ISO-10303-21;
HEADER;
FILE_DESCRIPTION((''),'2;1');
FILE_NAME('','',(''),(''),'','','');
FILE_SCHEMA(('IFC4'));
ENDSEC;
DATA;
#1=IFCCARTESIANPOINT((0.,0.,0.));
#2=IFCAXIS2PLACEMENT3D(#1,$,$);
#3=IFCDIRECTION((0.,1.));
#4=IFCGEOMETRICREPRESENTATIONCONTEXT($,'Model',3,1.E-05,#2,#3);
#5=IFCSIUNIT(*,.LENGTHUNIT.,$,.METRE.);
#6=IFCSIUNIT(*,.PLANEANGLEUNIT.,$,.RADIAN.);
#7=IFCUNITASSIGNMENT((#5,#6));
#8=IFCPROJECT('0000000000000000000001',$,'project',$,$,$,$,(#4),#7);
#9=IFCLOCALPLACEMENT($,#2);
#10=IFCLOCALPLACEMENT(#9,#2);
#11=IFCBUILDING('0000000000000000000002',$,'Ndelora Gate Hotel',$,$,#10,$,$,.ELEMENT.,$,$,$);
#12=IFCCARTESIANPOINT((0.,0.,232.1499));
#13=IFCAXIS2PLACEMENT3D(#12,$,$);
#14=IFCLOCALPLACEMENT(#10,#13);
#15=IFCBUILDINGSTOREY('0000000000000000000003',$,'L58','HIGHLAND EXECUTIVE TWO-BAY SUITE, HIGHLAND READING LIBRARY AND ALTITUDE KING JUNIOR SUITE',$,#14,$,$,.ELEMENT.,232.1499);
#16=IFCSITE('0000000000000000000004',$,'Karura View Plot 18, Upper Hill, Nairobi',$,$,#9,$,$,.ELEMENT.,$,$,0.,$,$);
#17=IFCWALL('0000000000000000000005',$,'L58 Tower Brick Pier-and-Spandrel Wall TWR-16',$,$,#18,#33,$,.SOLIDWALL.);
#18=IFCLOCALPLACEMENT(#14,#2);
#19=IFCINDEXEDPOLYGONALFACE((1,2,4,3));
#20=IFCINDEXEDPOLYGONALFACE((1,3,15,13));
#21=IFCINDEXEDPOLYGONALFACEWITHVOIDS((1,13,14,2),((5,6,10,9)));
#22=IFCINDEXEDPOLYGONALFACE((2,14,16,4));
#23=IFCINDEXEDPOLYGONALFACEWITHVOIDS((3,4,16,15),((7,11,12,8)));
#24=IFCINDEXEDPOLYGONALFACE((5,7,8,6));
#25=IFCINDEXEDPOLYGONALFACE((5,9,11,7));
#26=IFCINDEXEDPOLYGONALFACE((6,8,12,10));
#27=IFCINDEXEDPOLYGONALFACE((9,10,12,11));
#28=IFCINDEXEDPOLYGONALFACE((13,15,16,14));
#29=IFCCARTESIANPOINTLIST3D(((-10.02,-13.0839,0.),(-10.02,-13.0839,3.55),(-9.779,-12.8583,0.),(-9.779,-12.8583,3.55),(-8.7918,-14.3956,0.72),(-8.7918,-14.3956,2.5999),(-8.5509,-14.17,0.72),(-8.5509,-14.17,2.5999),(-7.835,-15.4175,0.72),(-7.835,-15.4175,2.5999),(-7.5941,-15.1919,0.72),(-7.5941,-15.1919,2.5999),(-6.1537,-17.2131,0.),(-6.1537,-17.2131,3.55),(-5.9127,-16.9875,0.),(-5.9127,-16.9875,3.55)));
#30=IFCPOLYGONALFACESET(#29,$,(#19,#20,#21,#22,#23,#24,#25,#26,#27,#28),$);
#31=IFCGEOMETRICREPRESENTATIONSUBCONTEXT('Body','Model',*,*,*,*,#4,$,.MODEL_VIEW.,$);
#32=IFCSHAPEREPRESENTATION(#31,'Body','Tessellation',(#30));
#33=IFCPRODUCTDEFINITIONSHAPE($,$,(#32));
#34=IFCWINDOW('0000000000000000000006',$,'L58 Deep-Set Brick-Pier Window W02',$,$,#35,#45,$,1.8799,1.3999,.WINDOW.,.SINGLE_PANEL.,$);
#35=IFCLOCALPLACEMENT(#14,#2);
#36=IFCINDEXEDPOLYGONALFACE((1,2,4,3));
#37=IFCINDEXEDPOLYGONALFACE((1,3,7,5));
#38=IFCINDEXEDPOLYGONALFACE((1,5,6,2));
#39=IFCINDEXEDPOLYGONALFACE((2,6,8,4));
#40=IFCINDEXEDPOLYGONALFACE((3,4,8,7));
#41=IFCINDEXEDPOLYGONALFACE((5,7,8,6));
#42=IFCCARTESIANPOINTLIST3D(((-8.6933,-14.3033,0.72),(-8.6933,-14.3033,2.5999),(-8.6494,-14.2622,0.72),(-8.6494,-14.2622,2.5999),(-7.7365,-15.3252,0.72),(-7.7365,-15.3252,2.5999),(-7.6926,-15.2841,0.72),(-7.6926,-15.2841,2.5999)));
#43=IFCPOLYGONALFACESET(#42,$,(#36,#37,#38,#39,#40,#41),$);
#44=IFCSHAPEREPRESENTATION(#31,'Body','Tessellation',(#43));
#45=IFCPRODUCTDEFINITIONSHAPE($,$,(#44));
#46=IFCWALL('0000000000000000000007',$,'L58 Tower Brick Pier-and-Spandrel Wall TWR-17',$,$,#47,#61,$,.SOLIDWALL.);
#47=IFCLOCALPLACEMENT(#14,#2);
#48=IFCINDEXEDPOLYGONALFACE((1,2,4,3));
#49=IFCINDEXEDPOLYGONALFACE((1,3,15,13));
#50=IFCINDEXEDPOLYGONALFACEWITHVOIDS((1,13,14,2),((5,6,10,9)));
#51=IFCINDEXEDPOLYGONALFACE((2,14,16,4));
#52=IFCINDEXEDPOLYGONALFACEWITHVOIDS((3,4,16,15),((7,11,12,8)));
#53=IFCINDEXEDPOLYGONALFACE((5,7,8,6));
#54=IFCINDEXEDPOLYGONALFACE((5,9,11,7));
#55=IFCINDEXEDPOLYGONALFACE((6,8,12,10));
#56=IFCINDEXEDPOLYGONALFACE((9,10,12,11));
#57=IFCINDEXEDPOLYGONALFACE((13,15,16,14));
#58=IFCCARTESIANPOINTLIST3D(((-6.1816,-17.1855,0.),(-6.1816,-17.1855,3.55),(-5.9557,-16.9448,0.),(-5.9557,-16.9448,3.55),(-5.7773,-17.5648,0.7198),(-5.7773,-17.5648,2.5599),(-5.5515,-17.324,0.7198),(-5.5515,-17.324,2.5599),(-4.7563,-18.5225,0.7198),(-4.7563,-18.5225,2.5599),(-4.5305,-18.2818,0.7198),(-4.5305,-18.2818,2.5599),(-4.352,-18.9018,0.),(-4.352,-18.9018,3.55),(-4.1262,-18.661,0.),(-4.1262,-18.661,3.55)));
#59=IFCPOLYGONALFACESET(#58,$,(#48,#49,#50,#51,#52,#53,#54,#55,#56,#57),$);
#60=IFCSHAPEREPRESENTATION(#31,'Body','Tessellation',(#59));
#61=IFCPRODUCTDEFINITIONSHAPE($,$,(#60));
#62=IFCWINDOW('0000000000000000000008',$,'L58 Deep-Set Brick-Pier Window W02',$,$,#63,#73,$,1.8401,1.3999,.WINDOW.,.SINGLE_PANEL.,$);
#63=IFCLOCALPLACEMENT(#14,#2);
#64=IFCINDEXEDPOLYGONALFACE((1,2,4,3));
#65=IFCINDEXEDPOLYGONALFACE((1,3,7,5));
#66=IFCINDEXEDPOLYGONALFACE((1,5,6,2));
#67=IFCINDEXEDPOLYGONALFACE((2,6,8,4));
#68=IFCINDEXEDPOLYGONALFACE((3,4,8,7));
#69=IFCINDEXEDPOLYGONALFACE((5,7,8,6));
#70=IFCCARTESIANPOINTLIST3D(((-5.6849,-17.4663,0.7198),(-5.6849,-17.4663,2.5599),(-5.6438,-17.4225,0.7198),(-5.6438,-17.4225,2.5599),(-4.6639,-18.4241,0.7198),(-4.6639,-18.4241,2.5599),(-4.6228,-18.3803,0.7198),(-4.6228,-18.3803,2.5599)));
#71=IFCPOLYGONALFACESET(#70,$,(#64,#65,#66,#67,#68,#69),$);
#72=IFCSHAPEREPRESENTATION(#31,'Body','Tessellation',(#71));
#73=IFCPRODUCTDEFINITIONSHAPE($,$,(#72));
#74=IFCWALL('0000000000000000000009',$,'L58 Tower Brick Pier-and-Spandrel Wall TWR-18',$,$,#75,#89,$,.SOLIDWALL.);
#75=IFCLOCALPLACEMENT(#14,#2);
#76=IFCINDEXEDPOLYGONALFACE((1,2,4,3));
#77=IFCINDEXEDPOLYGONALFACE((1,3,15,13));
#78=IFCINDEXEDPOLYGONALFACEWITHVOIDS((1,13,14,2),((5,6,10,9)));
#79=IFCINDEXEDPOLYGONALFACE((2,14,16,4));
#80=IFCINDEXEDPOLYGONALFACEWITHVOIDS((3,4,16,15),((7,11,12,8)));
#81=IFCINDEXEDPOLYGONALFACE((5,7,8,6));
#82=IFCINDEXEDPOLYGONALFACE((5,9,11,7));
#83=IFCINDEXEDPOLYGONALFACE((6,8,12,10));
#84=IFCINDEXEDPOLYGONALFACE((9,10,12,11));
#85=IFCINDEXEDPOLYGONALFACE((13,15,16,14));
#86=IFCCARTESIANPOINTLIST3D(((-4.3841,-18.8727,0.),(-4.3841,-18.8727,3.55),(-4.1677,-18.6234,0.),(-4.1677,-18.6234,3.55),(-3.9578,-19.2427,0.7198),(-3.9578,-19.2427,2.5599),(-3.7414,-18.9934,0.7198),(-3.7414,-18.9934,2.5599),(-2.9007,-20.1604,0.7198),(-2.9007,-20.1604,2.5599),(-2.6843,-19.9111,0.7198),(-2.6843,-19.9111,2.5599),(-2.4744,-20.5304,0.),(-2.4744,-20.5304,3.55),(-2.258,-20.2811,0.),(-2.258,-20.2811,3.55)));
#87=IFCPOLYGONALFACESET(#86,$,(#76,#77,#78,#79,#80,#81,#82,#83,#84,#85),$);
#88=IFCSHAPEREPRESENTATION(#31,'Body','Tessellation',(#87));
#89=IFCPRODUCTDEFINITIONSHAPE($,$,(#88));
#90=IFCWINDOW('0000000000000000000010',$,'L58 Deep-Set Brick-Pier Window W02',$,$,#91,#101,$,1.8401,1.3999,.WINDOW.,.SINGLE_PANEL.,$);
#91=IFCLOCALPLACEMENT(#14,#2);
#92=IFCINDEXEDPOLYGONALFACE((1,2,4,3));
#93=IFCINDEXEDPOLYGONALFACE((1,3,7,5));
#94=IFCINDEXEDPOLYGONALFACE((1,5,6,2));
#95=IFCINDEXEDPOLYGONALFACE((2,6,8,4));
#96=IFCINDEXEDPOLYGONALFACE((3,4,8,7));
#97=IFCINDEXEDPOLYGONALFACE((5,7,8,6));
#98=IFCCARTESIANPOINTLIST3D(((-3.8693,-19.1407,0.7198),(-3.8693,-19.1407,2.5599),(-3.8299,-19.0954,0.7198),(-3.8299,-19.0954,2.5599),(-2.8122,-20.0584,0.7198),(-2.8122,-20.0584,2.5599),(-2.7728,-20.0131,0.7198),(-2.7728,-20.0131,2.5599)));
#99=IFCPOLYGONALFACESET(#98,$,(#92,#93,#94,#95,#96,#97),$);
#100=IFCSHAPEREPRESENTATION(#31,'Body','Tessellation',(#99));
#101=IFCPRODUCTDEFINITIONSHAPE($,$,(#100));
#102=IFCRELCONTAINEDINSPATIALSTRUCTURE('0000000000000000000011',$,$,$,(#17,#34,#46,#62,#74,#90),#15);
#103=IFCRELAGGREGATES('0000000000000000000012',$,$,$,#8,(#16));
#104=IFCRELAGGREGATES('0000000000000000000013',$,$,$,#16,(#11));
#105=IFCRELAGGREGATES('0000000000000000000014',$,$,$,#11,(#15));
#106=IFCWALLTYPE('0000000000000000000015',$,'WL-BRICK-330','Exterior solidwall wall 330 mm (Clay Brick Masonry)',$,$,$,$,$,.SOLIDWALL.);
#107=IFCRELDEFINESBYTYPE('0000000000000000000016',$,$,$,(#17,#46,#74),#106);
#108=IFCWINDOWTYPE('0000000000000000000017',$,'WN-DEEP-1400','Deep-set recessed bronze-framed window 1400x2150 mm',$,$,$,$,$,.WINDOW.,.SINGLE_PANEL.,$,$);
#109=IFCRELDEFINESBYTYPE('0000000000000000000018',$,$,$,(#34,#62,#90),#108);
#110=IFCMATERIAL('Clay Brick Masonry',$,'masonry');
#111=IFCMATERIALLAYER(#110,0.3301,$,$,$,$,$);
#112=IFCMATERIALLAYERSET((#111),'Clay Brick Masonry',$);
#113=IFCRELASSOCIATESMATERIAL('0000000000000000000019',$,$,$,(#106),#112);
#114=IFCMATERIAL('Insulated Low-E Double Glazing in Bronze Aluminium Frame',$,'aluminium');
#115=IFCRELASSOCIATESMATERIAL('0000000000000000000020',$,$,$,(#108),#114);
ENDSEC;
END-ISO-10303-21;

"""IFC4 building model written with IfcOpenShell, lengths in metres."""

from ifc_helpers import new_model, si_unit, direction, frame, frame_2d, origin, place, context, subcontext, project, spatial, rectangle, extrude, material, layer, layer_set, type_object, element, fill, save


model = new_model("IFC4")

# Units and contexts
model_context = context("Model", 3, precision=1e-05, world=origin(), true_north=direction((0.0, 1.0)))
body_context = subcontext(model_context, "Body", "Model", "MODEL_VIEW")
ifc_project = project(units=[si_unit("LENGTHUNIT", "METRE"), si_unit("PLANEANGLEUNIT", "RADIAN")], contexts=[model_context])

# Site, building, storey
site_placement = place(None, origin())
site = spatial("IfcSite", under=ifc_project, at=site_placement, Name="Karura View Plot 18, Upper Hill, Nairobi", CompositionType="ELEMENT", RefElevation=0.0)
building_placement = place(site_placement, origin())
building = spatial("IfcBuilding", under=site, at=building_placement, Name="Ndelora Gate Hotel", CompositionType="ELEMENT")
storey_placement = place(building_placement, frame((0.0, 0.0, 232.1499)))
storey = spatial("IfcBuildingStorey", under=building, at=storey_placement, Name="L58", Description="HIGHLAND EXECUTIVE TWO-BAY SUITE, HIGHLAND READING LIBRARY AND ALTITUDE KING JUNIOR SUITE", CompositionType="ELEMENT", Elevation=232.1499)

# Walls, openings, windows
ifc_material_1 = material(Name="Clay Brick Masonry", Category="masonry")
ifc_layer_1 = layer(ifc_material_1, 0.3301)
ifc_layer_set_1 = layer_set([ifc_layer_1], Name="Clay Brick Masonry")
wall_type = type_object("IfcWallType", Name="WL-BRICK-330", Description="Exterior solidwall wall 330 mm (Clay Brick Masonry)", PredefinedType="SOLIDWALL", material=ifc_layer_set_1)
wall_1_placement = place(storey_placement, frame((-6.0332, -17.1003, 0.0), z_axis=(0.0, 0.0, 1.0), x_axis=(-0.683483, 0.729966, 0.0)))
wall_1 = element("IfcWall", 1, at=wall_1_placement, inside=storey, type_object=wall_type, Name="L58 Tower Brick Pier-and-Spandrel Wall TWR-16", PredefinedType="SOLIDWALL", context=body_context, shape_type="SweptSolid", body=[
    extrude(rectangle(XDim=5.6567, YDim=0.3301, at=frame_2d((2.8284, 0.0))), origin(), (0.0, 0.0, 1.0), 3.55),
])
opening_1_placement = place(wall_1_placement, frame((2.46, 0.0, 0.72)))
opening_1 = element("IfcOpeningElement", 2, at=opening_1_placement, cuts=wall_1, PredefinedType="OPENING", context=body_context, shape_type="SweptSolid", body=[
    extrude(rectangle(XDim=1.3999, YDim=1.8799, at=frame_2d((0.7, 0.9399))), frame((0.0, 0.175, 0.0), z_axis=(0.0, -1.0, 0.0), x_axis=(1.0, 0.0, 0.0)), (0.0, 0.0, 1.0), 0.3501),
])
ifc_material_2 = material(Name="Insulated Low-E Double Glazing in Bronze Aluminium Frame", Category="aluminium")
window_type = type_object("IfcWindowType", Name="WN-DEEP-1400", Description="Deep-set recessed bronze-framed window 1400x2150 mm", PartitioningType="SINGLE_PANEL", PredefinedType="WINDOW", material=ifc_material_2)
window_1_placement = place(opening_1_placement, origin())
window_1 = element("IfcWindow", 3, at=window_1_placement, inside=storey, type_object=window_type, Name="L58 Deep-Set Brick-Pier Window W02", OverallHeight=1.8799, OverallWidth=1.3999, PartitioningType="SINGLE_PANEL", PredefinedType="WINDOW", context=body_context, shape_type="SweptSolid", body=[
    extrude(rectangle(XDim=1.3999, YDim=1.8799, at=frame_2d((0.7, 0.9399))), frame((0.0, 0.03, 0.0), z_axis=(0.0, -1.0, 0.0), x_axis=(1.0, 0.0, 0.0)), (0.0, 0.0, 1.0), 0.0601),
])
fill(opening_1, window_1)
wall_2_placement = place(storey_placement, frame((-4.239, -18.7815, 0.0), z_axis=(0.0, 0.0, 1.0), x_axis=(-0.729325, 0.684168, 0.0)))
wall_2 = element("IfcWall", 4, at=wall_2_placement, inside=storey, type_object=wall_type, Name="L58 Tower Brick Pier-and-Spandrel Wall TWR-17", PredefinedType="SOLIDWALL", context=body_context, shape_type="SweptSolid", body=[
    extrude(rectangle(XDim=2.5085, YDim=0.3301, at=frame_2d((1.2544, 0.0))), origin(), (0.0, 0.0, 1.0), 3.55),
])
opening_2_placement = place(wall_2_placement, frame((0.5544, 0.0, 0.72)))
opening_2 = element("IfcOpeningElement", 5, at=opening_2_placement, cuts=wall_2, PredefinedType="OPENING", context=body_context, shape_type="SweptSolid", body=[
    extrude(rectangle(XDim=1.3999, YDim=1.8401, at=frame_2d((0.7, 0.9199))), frame((0.0, 0.175, 0.0), z_axis=(0.0, -1.0, 0.0), x_axis=(1.0, 0.0, 0.0)), (0.0, 0.0, 1.0), 0.3501),
])
window_2_placement = place(opening_2_placement, origin())
window_2 = element("IfcWindow", 6, at=window_2_placement, inside=storey, type_object=window_type, Name="L58 Deep-Set Brick-Pier Window W02", OverallHeight=1.8401, OverallWidth=1.3999, PartitioningType="SINGLE_PANEL", PredefinedType="WINDOW", context=body_context, shape_type="SweptSolid", body=[
    extrude(rectangle(XDim=1.3999, YDim=1.8401, at=frame_2d((0.7, 0.9199))), frame((0.0, 0.03, 0.0), z_axis=(0.0, -1.0, 0.0), x_axis=(1.0, 0.0, 0.0)), (0.0, 0.0, 1.0), 0.0601),
])
fill(opening_2, window_2)
wall_3_placement = place(storey_placement, frame((-2.3662, -20.4058, 0.0), z_axis=(0.0, 0.0, 1.0), x_axis=(-0.755166, 0.655533, 0.0)))
wall_3 = element("IfcWall", 7, at=wall_3_placement, inside=storey, type_object=wall_type, Name="L58 Tower Brick Pier-and-Spandrel Wall TWR-18", PredefinedType="SOLIDWALL", context=body_context, shape_type="SweptSolid", body=[
    extrude(rectangle(XDim=2.5288, YDim=0.3301, at=frame_2d((1.2644, 0.0))), origin(), (0.0, 0.0, 1.0), 3.55),
])
opening_3_placement = place(wall_3_placement, frame((0.5645, 0.0, 0.72)))
opening_3 = element("IfcOpeningElement", 8, at=opening_3_placement, cuts=wall_3, PredefinedType="OPENING", context=body_context, shape_type="SweptSolid", body=[
    extrude(rectangle(XDim=1.3999, YDim=1.8401, at=frame_2d((0.7, 0.9199))), frame((0.0, 0.175, 0.0), z_axis=(0.0, -1.0, 0.0), x_axis=(1.0, 0.0, 0.0)), (0.0, 0.0, 1.0), 0.3501),
])
window_3_placement = place(opening_3_placement, origin())
window_3 = element("IfcWindow", 9, at=window_3_placement, inside=storey, type_object=window_type, Name="L58 Deep-Set Brick-Pier Window W02", OverallHeight=1.8401, OverallWidth=1.3999, PartitioningType="SINGLE_PANEL", PredefinedType="WINDOW", context=body_context, shape_type="SweptSolid", body=[
    extrude(rectangle(XDim=1.3999, YDim=1.8401, at=frame_2d((0.7, 0.9199))), frame((0.0, 0.03, 0.0), z_axis=(0.0, -1.0, 0.0), x_axis=(1.0, 0.0, 0.0)), (0.0, 0.0, 1.0), 0.0601),
])
fill(opening_3, window_3)

save(model, "model.ifc")
